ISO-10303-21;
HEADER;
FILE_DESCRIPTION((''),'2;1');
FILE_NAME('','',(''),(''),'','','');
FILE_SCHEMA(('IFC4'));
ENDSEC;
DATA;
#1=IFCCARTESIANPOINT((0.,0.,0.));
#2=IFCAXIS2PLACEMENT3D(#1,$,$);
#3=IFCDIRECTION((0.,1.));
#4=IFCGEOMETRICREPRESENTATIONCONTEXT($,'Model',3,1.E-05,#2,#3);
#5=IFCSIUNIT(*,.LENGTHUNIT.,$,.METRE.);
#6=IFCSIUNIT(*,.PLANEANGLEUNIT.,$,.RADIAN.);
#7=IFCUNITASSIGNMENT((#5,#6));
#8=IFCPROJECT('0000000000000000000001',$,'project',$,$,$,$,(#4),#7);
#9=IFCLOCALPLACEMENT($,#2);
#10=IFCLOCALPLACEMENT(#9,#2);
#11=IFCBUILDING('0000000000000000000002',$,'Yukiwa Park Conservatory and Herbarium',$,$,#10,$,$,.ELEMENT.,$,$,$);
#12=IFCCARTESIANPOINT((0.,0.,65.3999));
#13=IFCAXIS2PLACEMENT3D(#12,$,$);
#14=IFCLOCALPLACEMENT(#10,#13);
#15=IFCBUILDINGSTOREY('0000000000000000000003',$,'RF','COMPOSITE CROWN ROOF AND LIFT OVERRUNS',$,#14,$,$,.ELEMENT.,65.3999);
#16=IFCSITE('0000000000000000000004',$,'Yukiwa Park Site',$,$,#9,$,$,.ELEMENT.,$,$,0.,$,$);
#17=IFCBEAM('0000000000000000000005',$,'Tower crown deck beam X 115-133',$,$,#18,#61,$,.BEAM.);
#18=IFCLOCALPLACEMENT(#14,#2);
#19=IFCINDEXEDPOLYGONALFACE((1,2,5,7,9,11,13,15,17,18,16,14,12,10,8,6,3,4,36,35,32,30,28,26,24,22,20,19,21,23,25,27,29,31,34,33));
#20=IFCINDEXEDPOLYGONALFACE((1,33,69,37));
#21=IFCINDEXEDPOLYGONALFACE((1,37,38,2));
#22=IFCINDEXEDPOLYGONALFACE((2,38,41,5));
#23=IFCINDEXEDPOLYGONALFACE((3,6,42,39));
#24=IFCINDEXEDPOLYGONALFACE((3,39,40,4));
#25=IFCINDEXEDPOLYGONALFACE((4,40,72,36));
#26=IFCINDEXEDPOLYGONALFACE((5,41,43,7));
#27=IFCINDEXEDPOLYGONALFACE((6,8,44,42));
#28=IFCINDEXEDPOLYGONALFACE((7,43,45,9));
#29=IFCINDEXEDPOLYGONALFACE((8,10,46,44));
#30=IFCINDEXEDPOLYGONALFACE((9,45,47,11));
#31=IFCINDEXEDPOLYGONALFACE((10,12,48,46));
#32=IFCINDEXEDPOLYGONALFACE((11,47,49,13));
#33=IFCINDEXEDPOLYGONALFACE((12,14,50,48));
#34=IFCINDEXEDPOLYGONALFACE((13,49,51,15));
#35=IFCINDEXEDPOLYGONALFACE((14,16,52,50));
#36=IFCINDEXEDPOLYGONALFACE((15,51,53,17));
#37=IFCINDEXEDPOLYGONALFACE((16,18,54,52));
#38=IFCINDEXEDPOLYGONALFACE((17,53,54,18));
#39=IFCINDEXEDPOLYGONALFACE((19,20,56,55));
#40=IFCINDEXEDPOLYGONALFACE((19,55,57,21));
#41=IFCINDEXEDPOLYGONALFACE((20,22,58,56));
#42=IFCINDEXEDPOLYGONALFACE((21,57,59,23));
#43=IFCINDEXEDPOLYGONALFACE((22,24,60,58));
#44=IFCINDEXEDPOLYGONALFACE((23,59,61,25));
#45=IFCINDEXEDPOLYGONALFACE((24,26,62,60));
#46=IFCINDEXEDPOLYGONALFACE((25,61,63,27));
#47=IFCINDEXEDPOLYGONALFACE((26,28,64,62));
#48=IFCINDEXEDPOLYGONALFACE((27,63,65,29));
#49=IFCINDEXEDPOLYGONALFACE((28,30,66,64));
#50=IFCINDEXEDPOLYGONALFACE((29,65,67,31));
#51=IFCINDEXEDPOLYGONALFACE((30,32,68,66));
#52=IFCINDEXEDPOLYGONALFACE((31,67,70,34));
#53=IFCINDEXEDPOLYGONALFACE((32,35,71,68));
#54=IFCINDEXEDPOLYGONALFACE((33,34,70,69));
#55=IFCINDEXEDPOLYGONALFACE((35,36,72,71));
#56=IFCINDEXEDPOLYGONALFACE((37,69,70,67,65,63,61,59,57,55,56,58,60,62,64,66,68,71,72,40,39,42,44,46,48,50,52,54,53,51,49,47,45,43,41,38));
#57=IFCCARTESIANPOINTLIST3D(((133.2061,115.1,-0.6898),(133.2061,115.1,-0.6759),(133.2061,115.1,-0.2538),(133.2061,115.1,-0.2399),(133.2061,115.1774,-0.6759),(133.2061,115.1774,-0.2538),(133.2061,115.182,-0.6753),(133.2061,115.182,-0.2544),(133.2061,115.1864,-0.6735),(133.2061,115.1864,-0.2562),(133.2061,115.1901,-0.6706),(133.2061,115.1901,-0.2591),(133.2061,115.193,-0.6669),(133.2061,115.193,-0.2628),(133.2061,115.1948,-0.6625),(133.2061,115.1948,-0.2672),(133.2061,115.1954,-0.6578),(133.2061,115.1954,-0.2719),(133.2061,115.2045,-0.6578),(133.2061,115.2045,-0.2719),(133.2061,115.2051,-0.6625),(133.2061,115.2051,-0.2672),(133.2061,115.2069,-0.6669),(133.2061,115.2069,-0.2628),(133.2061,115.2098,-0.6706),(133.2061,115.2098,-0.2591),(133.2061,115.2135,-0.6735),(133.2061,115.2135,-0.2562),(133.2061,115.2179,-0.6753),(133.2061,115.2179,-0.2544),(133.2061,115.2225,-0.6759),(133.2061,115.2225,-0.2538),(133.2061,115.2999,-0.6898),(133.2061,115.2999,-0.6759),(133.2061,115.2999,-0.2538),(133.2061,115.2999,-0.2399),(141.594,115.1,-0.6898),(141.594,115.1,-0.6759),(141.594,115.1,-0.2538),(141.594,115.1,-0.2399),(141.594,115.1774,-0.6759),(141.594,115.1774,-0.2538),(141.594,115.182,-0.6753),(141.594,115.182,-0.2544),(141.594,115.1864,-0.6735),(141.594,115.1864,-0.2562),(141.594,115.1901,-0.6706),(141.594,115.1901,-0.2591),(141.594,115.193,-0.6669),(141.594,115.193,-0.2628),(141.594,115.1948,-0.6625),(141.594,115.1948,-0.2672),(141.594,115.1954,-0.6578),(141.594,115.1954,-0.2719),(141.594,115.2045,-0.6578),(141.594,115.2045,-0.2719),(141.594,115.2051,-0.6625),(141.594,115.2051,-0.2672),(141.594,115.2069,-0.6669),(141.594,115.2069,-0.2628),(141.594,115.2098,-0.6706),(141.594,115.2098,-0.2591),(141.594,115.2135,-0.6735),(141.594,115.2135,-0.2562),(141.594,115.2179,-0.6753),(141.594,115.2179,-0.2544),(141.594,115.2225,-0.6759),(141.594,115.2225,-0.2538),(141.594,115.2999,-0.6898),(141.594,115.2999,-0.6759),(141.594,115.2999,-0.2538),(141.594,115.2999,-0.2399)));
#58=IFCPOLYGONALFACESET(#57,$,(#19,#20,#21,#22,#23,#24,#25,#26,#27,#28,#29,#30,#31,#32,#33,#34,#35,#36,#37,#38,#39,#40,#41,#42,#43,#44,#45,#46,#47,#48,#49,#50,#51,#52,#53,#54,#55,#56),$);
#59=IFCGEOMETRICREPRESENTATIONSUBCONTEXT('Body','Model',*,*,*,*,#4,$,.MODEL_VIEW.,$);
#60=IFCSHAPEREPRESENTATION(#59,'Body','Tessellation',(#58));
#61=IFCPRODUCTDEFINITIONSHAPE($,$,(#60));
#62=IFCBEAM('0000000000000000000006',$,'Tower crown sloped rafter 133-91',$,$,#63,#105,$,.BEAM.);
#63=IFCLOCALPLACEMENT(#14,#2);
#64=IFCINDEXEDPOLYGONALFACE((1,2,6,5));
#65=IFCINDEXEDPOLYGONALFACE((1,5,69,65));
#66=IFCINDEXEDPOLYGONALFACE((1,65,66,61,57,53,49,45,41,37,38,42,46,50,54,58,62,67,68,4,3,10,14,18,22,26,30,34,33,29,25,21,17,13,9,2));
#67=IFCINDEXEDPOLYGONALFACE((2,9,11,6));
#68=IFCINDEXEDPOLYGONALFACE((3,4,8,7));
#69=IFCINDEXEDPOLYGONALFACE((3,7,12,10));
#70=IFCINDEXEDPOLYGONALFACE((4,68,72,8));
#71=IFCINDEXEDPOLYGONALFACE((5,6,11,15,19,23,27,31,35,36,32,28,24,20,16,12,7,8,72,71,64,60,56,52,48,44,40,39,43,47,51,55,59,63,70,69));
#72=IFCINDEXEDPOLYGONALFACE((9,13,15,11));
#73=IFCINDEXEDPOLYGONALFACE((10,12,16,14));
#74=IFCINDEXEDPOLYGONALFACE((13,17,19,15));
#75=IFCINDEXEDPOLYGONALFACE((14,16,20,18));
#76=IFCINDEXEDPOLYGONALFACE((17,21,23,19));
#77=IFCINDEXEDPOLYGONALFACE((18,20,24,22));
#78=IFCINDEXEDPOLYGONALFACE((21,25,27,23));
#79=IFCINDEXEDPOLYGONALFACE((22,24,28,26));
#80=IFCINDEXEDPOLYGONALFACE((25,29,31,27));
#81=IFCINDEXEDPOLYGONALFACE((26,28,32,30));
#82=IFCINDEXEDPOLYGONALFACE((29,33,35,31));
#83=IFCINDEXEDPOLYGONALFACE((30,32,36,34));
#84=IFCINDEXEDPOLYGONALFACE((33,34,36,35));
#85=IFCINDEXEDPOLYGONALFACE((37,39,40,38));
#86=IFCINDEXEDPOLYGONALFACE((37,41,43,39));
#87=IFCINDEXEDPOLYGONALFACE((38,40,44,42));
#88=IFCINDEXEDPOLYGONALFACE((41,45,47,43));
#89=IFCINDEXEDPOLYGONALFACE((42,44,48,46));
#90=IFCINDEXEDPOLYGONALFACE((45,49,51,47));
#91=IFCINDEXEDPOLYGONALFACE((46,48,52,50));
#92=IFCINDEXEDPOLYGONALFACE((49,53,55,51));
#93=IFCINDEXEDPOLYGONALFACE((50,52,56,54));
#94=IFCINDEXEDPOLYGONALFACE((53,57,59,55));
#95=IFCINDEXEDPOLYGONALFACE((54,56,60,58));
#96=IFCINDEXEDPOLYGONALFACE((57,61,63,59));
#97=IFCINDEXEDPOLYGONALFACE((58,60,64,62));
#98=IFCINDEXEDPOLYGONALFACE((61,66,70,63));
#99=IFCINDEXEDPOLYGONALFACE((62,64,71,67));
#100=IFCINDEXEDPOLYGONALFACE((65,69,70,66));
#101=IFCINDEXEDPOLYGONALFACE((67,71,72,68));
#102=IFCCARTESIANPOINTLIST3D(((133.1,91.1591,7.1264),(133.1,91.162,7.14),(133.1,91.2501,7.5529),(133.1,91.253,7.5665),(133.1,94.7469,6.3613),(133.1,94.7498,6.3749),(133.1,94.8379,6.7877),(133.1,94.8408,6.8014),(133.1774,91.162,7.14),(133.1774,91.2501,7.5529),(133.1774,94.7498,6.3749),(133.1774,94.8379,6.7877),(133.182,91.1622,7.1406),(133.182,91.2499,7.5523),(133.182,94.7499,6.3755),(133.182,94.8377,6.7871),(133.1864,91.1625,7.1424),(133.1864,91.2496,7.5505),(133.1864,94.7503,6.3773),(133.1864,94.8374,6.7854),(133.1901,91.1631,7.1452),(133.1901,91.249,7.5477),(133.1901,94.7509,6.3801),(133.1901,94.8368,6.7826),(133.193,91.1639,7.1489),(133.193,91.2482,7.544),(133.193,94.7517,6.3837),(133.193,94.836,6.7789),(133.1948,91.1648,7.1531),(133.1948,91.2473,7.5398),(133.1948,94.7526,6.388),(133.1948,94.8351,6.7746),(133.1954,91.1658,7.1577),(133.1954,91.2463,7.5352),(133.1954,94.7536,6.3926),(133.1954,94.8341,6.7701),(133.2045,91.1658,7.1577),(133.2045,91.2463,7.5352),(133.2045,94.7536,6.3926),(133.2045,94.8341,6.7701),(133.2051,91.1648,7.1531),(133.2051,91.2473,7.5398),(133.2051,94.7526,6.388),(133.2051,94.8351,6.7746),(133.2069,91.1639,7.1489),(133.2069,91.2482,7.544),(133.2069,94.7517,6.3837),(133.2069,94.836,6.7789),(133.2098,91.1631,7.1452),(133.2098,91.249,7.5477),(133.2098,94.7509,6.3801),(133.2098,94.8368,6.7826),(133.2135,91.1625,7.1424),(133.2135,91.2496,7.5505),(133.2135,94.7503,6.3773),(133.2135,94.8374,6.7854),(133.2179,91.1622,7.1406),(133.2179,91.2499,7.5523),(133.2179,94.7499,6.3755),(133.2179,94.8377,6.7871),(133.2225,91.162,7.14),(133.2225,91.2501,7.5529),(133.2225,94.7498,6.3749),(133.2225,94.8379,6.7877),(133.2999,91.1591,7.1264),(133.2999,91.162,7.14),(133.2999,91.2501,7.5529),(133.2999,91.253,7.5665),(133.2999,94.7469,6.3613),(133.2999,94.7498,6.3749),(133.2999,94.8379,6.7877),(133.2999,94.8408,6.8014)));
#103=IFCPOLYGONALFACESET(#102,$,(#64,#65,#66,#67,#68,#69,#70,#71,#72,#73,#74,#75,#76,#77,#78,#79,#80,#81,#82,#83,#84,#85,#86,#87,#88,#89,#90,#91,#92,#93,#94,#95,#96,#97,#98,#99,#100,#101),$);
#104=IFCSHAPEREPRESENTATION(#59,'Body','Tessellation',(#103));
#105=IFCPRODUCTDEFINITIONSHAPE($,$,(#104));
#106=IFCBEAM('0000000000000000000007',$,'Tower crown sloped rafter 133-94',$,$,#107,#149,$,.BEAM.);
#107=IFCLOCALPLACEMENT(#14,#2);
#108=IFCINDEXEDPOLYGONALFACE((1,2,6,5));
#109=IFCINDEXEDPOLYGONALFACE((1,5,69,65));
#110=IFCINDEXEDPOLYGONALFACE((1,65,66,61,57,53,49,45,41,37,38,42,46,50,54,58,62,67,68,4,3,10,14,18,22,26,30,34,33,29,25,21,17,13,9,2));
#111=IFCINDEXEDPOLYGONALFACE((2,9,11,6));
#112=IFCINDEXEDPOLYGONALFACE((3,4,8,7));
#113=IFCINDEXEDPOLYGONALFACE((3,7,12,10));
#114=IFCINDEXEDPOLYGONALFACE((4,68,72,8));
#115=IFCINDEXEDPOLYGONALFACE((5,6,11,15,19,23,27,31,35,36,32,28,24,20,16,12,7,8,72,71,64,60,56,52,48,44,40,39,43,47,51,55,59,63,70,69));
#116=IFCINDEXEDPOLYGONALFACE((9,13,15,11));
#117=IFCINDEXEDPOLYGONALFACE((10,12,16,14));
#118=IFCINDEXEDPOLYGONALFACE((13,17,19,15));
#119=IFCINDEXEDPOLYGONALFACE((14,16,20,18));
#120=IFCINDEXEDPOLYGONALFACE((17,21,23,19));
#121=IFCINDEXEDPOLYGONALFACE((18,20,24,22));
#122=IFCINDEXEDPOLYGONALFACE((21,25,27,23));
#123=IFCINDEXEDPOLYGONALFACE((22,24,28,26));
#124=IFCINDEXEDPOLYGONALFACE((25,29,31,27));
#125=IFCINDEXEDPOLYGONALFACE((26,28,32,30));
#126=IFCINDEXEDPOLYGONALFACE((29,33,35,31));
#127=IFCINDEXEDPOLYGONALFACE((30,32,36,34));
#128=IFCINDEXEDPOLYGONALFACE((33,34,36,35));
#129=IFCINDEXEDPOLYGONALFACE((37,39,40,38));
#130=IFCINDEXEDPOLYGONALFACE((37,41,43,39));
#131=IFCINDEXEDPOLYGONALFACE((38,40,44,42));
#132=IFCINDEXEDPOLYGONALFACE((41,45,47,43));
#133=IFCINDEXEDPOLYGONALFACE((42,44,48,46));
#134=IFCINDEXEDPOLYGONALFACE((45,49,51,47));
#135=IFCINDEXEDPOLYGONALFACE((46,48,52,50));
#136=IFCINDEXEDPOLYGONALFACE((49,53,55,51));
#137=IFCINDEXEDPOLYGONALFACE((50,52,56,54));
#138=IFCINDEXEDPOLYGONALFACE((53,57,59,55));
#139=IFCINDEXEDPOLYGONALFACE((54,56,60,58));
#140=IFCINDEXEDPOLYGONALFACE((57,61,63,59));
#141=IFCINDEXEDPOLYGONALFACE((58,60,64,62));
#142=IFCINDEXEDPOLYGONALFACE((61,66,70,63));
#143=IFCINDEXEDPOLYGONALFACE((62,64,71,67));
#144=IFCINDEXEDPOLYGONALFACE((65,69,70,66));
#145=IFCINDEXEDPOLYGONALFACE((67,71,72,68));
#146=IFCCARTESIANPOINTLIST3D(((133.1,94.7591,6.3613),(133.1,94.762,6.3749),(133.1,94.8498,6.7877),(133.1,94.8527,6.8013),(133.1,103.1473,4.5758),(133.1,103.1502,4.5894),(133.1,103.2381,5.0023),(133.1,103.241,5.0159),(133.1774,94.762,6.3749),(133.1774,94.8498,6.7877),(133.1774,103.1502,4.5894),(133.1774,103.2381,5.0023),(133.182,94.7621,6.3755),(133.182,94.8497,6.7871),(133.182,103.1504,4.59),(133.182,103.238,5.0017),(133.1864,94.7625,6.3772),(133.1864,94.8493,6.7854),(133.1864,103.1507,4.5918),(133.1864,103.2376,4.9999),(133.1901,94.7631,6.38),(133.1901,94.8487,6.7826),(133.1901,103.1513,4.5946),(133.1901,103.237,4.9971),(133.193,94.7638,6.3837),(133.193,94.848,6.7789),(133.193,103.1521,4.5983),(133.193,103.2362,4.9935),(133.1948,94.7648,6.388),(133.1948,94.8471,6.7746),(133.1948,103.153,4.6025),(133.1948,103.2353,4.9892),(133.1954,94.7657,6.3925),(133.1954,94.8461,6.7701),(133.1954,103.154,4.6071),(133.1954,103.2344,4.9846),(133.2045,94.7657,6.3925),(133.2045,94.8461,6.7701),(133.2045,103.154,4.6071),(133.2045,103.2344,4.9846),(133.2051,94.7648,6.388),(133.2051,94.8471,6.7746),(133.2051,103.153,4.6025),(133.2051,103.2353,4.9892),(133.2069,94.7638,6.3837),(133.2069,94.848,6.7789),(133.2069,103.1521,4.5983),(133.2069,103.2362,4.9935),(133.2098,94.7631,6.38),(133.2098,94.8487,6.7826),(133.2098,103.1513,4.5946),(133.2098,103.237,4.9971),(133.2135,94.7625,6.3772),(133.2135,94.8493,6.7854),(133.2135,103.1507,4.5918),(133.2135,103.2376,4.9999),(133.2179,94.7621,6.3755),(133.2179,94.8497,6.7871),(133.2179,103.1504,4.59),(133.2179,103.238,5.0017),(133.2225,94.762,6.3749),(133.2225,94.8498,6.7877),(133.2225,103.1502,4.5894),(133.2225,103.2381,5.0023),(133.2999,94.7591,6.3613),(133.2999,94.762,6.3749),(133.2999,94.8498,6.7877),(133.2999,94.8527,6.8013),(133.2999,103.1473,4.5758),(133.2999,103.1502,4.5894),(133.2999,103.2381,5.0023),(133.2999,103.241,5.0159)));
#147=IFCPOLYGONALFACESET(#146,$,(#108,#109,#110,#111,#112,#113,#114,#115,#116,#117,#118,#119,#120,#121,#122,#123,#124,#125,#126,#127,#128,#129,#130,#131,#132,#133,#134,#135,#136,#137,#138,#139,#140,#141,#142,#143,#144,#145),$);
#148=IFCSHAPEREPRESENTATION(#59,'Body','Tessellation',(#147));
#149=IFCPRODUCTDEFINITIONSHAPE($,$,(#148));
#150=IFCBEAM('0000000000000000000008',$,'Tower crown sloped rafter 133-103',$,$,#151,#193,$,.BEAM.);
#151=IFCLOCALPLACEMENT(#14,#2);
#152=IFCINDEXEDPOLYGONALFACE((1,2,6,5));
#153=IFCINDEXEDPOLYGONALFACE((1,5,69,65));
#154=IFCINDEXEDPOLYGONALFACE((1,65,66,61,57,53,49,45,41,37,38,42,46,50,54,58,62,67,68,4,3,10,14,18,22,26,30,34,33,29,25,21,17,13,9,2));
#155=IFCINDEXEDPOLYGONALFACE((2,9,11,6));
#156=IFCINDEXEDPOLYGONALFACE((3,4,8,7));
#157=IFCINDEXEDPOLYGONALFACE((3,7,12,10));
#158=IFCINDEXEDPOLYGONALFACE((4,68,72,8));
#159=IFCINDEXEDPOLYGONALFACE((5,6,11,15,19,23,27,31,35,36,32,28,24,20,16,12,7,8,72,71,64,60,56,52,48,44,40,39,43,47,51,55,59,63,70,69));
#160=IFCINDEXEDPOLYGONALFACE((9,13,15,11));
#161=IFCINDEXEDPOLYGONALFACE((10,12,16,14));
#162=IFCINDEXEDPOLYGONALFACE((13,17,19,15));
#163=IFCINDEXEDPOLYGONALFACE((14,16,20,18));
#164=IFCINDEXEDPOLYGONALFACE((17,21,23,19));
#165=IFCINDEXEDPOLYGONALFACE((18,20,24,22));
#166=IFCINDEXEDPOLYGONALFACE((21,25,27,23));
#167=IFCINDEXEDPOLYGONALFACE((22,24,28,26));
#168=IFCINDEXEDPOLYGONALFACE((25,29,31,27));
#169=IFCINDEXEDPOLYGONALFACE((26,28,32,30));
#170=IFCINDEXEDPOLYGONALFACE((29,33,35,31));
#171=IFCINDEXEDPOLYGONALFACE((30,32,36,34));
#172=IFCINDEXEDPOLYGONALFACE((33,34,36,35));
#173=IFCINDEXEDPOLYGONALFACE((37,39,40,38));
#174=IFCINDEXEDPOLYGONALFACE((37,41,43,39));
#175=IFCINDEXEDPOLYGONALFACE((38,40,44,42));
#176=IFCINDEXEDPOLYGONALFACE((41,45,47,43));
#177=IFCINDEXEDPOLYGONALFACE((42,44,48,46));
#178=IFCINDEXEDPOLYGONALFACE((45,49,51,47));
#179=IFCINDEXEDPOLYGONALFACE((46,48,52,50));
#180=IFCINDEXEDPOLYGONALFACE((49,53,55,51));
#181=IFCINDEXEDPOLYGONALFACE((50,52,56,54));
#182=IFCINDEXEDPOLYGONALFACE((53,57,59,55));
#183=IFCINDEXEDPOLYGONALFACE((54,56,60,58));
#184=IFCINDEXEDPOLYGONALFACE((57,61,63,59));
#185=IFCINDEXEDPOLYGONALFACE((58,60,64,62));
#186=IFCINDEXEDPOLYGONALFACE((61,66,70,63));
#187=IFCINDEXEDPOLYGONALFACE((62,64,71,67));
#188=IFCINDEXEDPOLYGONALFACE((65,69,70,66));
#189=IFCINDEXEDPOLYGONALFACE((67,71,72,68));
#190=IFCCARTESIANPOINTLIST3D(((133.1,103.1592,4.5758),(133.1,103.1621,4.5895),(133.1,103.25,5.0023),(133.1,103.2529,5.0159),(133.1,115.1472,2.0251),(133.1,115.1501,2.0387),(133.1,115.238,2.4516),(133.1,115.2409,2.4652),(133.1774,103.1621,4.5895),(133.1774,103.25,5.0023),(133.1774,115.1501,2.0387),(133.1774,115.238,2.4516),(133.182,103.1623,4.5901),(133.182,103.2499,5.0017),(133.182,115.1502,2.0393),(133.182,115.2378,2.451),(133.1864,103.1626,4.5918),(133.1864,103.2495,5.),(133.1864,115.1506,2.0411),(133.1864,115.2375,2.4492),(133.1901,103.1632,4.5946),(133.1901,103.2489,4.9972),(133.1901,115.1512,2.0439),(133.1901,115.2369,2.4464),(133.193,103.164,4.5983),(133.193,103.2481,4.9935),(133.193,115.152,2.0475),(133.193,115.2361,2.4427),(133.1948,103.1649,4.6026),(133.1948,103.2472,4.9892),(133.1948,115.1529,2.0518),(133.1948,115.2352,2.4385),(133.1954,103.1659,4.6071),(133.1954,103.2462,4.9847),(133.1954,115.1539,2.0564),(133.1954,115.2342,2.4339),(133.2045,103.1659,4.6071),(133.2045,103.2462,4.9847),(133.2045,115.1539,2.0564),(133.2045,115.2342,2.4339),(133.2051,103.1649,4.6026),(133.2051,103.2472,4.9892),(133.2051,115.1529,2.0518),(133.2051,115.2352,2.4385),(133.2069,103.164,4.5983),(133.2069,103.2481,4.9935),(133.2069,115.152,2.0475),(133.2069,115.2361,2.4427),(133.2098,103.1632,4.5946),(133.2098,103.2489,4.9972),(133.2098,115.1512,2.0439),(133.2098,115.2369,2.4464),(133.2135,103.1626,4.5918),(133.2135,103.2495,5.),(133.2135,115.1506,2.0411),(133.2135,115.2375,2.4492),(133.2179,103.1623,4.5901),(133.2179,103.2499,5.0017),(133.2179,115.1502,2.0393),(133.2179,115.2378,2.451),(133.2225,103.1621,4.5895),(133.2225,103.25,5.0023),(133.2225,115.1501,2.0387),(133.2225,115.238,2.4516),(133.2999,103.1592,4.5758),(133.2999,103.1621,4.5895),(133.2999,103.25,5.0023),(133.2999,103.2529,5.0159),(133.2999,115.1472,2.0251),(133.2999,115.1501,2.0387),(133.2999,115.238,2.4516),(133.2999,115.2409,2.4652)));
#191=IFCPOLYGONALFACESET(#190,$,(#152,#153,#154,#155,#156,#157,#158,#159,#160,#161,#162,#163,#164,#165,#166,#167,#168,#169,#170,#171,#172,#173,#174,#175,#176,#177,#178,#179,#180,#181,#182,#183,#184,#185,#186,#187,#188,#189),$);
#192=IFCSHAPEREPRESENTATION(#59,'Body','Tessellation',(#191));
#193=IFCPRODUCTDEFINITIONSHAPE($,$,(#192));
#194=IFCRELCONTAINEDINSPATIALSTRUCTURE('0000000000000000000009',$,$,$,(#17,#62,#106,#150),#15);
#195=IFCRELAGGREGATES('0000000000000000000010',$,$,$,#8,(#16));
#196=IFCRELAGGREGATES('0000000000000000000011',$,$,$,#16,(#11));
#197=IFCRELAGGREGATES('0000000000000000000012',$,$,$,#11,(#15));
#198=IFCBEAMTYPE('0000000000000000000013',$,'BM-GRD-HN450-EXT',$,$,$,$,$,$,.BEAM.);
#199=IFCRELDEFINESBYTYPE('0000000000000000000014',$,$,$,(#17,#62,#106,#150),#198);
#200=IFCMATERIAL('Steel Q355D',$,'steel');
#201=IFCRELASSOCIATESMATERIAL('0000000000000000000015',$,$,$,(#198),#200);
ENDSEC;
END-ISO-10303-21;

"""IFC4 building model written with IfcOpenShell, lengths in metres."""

from ifc_helpers import new_model, si_unit, direction, frame, origin, origin_2d, place, context, subcontext, project, spatial, i_section, extrude, material, material_profile, profile_set, type_object, element, save


model = new_model("IFC4")

# Units and contexts
model_context = context("Model", 3, precision=1e-05, world=origin(), true_north=direction((0.0, 1.0)))
body_context = subcontext(model_context, "Body", "Model", "MODEL_VIEW")
ifc_project = project(units=[si_unit("LENGTHUNIT", "METRE"), si_unit("PLANEANGLEUNIT", "RADIAN")], contexts=[model_context])

# Site, building, storey
site_placement = place(None, origin())
site = spatial("IfcSite", under=ifc_project, at=site_placement, Name="Yukiwa Park Site", CompositionType="ELEMENT", RefElevation=0.0)
building_placement = place(site_placement, origin())
building = spatial("IfcBuilding", under=site, at=building_placement, Name="Yukiwa Park Conservatory and Herbarium", CompositionType="ELEMENT")
storey_placement = place(building_placement, frame((0.0, 0.0, 65.3999)))
storey = spatial("IfcBuildingStorey", under=building, at=storey_placement, Name="RF", Description="COMPOSITE CROWN ROOF AND LIFT OVERRUNS", CompositionType="ELEMENT", Elevation=65.3999)

# Beams
ifc_material_1 = material(Name="Steel Q355D", Category="steel")
ifc_material_profile_1 = material_profile(ifc_material_1, i_section(OverallWidth=0.2, OverallDepth=0.45, WebThickness=0.009, FlangeThickness=0.0139, FilletRadius=0.0181, at=origin_2d()), Name="HN 450x200x9x14")
ifc_profile_set_1 = profile_set([ifc_material_profile_1], Name="Steel Q355D")
beam_type_1 = type_object("IfcBeamType", Name="BM-GRD-HN450-EXT", PredefinedType="BEAM", material=ifc_profile_set_1)
for number, where, z_axis, x_axis, name in (
    (1, (133.2061, 115.2, -0.4648), (1.0, 0.0, 0.0), (0.0, 1.0, 0.0), "Tower crown deck beam X 115-133"),
):
    element("IfcBeam", number, at=place(storey_placement, frame(where, z_axis=z_axis, x_axis=x_axis)), inside=storey, type_object=beam_type_1, Name=name, PredefinedType="BEAM", context=body_context, shape_type="SweptSolid", body=[
        extrude(i_section(OverallWidth=0.2, OverallDepth=0.45, WebThickness=0.009, FlangeThickness=0.0139, FilletRadius=0.0181, at=origin_2d()), origin(), (0.0, 0.0, 1.0), 8.3879),
    ])
beam_1_placement = place(storey_placement, frame((133.2, 91.2061, 7.3464), z_axis=(0.0, 0.978008, -0.208565), x_axis=(-1.0, 0.0, 0.0)))
element("IfcBeam", 2, at=beam_1_placement, inside=storey, type_object=beam_type_1, Name="Tower crown sloped rafter 133-91", PredefinedType="BEAM", context=body_context, shape_type="SweptSolid", body=[
    extrude(i_section(OverallWidth=0.2, OverallDepth=0.45, WebThickness=0.009, FlangeThickness=0.0139, FilletRadius=0.0181, at=origin_2d()), origin(), (0.0, 0.0, 1.0), 3.6685),
])
beam_2_placement = place(storey_placement, frame((133.2, 94.8059, 6.5813), z_axis=(0.0, 0.97809, -0.208184), x_axis=(-1.0, 0.0, 0.0)))
element("IfcBeam", 3, at=beam_2_placement, inside=storey, type_object=beam_type_1, Name="Tower crown sloped rafter 133-94", PredefinedType="BEAM", context=body_context, shape_type="SweptSolid", body=[
    extrude(i_section(OverallWidth=0.2, OverallDepth=0.45, WebThickness=0.009, FlangeThickness=0.0139, FilletRadius=0.0181, at=origin_2d()), origin(), (0.0, 0.0, 1.0), 8.5762),
])
beam_3_placement = place(storey_placement, frame((133.2, 103.2061, 4.7959), z_axis=(0.0, 0.978104, -0.208118), x_axis=(-1.0, 0.0, 0.0)))
element("IfcBeam", 4, at=beam_3_placement, inside=storey, type_object=beam_type_1, Name="Tower crown sloped rafter 133-103", PredefinedType="BEAM", context=body_context, shape_type="SweptSolid", body=[
    extrude(i_section(OverallWidth=0.2, OverallDepth=0.45, WebThickness=0.009, FlangeThickness=0.0139, FilletRadius=0.0181, at=origin_2d()), origin(), (0.0, 0.0, 1.0), 12.2563),
])

save(model, "model.ifc")
